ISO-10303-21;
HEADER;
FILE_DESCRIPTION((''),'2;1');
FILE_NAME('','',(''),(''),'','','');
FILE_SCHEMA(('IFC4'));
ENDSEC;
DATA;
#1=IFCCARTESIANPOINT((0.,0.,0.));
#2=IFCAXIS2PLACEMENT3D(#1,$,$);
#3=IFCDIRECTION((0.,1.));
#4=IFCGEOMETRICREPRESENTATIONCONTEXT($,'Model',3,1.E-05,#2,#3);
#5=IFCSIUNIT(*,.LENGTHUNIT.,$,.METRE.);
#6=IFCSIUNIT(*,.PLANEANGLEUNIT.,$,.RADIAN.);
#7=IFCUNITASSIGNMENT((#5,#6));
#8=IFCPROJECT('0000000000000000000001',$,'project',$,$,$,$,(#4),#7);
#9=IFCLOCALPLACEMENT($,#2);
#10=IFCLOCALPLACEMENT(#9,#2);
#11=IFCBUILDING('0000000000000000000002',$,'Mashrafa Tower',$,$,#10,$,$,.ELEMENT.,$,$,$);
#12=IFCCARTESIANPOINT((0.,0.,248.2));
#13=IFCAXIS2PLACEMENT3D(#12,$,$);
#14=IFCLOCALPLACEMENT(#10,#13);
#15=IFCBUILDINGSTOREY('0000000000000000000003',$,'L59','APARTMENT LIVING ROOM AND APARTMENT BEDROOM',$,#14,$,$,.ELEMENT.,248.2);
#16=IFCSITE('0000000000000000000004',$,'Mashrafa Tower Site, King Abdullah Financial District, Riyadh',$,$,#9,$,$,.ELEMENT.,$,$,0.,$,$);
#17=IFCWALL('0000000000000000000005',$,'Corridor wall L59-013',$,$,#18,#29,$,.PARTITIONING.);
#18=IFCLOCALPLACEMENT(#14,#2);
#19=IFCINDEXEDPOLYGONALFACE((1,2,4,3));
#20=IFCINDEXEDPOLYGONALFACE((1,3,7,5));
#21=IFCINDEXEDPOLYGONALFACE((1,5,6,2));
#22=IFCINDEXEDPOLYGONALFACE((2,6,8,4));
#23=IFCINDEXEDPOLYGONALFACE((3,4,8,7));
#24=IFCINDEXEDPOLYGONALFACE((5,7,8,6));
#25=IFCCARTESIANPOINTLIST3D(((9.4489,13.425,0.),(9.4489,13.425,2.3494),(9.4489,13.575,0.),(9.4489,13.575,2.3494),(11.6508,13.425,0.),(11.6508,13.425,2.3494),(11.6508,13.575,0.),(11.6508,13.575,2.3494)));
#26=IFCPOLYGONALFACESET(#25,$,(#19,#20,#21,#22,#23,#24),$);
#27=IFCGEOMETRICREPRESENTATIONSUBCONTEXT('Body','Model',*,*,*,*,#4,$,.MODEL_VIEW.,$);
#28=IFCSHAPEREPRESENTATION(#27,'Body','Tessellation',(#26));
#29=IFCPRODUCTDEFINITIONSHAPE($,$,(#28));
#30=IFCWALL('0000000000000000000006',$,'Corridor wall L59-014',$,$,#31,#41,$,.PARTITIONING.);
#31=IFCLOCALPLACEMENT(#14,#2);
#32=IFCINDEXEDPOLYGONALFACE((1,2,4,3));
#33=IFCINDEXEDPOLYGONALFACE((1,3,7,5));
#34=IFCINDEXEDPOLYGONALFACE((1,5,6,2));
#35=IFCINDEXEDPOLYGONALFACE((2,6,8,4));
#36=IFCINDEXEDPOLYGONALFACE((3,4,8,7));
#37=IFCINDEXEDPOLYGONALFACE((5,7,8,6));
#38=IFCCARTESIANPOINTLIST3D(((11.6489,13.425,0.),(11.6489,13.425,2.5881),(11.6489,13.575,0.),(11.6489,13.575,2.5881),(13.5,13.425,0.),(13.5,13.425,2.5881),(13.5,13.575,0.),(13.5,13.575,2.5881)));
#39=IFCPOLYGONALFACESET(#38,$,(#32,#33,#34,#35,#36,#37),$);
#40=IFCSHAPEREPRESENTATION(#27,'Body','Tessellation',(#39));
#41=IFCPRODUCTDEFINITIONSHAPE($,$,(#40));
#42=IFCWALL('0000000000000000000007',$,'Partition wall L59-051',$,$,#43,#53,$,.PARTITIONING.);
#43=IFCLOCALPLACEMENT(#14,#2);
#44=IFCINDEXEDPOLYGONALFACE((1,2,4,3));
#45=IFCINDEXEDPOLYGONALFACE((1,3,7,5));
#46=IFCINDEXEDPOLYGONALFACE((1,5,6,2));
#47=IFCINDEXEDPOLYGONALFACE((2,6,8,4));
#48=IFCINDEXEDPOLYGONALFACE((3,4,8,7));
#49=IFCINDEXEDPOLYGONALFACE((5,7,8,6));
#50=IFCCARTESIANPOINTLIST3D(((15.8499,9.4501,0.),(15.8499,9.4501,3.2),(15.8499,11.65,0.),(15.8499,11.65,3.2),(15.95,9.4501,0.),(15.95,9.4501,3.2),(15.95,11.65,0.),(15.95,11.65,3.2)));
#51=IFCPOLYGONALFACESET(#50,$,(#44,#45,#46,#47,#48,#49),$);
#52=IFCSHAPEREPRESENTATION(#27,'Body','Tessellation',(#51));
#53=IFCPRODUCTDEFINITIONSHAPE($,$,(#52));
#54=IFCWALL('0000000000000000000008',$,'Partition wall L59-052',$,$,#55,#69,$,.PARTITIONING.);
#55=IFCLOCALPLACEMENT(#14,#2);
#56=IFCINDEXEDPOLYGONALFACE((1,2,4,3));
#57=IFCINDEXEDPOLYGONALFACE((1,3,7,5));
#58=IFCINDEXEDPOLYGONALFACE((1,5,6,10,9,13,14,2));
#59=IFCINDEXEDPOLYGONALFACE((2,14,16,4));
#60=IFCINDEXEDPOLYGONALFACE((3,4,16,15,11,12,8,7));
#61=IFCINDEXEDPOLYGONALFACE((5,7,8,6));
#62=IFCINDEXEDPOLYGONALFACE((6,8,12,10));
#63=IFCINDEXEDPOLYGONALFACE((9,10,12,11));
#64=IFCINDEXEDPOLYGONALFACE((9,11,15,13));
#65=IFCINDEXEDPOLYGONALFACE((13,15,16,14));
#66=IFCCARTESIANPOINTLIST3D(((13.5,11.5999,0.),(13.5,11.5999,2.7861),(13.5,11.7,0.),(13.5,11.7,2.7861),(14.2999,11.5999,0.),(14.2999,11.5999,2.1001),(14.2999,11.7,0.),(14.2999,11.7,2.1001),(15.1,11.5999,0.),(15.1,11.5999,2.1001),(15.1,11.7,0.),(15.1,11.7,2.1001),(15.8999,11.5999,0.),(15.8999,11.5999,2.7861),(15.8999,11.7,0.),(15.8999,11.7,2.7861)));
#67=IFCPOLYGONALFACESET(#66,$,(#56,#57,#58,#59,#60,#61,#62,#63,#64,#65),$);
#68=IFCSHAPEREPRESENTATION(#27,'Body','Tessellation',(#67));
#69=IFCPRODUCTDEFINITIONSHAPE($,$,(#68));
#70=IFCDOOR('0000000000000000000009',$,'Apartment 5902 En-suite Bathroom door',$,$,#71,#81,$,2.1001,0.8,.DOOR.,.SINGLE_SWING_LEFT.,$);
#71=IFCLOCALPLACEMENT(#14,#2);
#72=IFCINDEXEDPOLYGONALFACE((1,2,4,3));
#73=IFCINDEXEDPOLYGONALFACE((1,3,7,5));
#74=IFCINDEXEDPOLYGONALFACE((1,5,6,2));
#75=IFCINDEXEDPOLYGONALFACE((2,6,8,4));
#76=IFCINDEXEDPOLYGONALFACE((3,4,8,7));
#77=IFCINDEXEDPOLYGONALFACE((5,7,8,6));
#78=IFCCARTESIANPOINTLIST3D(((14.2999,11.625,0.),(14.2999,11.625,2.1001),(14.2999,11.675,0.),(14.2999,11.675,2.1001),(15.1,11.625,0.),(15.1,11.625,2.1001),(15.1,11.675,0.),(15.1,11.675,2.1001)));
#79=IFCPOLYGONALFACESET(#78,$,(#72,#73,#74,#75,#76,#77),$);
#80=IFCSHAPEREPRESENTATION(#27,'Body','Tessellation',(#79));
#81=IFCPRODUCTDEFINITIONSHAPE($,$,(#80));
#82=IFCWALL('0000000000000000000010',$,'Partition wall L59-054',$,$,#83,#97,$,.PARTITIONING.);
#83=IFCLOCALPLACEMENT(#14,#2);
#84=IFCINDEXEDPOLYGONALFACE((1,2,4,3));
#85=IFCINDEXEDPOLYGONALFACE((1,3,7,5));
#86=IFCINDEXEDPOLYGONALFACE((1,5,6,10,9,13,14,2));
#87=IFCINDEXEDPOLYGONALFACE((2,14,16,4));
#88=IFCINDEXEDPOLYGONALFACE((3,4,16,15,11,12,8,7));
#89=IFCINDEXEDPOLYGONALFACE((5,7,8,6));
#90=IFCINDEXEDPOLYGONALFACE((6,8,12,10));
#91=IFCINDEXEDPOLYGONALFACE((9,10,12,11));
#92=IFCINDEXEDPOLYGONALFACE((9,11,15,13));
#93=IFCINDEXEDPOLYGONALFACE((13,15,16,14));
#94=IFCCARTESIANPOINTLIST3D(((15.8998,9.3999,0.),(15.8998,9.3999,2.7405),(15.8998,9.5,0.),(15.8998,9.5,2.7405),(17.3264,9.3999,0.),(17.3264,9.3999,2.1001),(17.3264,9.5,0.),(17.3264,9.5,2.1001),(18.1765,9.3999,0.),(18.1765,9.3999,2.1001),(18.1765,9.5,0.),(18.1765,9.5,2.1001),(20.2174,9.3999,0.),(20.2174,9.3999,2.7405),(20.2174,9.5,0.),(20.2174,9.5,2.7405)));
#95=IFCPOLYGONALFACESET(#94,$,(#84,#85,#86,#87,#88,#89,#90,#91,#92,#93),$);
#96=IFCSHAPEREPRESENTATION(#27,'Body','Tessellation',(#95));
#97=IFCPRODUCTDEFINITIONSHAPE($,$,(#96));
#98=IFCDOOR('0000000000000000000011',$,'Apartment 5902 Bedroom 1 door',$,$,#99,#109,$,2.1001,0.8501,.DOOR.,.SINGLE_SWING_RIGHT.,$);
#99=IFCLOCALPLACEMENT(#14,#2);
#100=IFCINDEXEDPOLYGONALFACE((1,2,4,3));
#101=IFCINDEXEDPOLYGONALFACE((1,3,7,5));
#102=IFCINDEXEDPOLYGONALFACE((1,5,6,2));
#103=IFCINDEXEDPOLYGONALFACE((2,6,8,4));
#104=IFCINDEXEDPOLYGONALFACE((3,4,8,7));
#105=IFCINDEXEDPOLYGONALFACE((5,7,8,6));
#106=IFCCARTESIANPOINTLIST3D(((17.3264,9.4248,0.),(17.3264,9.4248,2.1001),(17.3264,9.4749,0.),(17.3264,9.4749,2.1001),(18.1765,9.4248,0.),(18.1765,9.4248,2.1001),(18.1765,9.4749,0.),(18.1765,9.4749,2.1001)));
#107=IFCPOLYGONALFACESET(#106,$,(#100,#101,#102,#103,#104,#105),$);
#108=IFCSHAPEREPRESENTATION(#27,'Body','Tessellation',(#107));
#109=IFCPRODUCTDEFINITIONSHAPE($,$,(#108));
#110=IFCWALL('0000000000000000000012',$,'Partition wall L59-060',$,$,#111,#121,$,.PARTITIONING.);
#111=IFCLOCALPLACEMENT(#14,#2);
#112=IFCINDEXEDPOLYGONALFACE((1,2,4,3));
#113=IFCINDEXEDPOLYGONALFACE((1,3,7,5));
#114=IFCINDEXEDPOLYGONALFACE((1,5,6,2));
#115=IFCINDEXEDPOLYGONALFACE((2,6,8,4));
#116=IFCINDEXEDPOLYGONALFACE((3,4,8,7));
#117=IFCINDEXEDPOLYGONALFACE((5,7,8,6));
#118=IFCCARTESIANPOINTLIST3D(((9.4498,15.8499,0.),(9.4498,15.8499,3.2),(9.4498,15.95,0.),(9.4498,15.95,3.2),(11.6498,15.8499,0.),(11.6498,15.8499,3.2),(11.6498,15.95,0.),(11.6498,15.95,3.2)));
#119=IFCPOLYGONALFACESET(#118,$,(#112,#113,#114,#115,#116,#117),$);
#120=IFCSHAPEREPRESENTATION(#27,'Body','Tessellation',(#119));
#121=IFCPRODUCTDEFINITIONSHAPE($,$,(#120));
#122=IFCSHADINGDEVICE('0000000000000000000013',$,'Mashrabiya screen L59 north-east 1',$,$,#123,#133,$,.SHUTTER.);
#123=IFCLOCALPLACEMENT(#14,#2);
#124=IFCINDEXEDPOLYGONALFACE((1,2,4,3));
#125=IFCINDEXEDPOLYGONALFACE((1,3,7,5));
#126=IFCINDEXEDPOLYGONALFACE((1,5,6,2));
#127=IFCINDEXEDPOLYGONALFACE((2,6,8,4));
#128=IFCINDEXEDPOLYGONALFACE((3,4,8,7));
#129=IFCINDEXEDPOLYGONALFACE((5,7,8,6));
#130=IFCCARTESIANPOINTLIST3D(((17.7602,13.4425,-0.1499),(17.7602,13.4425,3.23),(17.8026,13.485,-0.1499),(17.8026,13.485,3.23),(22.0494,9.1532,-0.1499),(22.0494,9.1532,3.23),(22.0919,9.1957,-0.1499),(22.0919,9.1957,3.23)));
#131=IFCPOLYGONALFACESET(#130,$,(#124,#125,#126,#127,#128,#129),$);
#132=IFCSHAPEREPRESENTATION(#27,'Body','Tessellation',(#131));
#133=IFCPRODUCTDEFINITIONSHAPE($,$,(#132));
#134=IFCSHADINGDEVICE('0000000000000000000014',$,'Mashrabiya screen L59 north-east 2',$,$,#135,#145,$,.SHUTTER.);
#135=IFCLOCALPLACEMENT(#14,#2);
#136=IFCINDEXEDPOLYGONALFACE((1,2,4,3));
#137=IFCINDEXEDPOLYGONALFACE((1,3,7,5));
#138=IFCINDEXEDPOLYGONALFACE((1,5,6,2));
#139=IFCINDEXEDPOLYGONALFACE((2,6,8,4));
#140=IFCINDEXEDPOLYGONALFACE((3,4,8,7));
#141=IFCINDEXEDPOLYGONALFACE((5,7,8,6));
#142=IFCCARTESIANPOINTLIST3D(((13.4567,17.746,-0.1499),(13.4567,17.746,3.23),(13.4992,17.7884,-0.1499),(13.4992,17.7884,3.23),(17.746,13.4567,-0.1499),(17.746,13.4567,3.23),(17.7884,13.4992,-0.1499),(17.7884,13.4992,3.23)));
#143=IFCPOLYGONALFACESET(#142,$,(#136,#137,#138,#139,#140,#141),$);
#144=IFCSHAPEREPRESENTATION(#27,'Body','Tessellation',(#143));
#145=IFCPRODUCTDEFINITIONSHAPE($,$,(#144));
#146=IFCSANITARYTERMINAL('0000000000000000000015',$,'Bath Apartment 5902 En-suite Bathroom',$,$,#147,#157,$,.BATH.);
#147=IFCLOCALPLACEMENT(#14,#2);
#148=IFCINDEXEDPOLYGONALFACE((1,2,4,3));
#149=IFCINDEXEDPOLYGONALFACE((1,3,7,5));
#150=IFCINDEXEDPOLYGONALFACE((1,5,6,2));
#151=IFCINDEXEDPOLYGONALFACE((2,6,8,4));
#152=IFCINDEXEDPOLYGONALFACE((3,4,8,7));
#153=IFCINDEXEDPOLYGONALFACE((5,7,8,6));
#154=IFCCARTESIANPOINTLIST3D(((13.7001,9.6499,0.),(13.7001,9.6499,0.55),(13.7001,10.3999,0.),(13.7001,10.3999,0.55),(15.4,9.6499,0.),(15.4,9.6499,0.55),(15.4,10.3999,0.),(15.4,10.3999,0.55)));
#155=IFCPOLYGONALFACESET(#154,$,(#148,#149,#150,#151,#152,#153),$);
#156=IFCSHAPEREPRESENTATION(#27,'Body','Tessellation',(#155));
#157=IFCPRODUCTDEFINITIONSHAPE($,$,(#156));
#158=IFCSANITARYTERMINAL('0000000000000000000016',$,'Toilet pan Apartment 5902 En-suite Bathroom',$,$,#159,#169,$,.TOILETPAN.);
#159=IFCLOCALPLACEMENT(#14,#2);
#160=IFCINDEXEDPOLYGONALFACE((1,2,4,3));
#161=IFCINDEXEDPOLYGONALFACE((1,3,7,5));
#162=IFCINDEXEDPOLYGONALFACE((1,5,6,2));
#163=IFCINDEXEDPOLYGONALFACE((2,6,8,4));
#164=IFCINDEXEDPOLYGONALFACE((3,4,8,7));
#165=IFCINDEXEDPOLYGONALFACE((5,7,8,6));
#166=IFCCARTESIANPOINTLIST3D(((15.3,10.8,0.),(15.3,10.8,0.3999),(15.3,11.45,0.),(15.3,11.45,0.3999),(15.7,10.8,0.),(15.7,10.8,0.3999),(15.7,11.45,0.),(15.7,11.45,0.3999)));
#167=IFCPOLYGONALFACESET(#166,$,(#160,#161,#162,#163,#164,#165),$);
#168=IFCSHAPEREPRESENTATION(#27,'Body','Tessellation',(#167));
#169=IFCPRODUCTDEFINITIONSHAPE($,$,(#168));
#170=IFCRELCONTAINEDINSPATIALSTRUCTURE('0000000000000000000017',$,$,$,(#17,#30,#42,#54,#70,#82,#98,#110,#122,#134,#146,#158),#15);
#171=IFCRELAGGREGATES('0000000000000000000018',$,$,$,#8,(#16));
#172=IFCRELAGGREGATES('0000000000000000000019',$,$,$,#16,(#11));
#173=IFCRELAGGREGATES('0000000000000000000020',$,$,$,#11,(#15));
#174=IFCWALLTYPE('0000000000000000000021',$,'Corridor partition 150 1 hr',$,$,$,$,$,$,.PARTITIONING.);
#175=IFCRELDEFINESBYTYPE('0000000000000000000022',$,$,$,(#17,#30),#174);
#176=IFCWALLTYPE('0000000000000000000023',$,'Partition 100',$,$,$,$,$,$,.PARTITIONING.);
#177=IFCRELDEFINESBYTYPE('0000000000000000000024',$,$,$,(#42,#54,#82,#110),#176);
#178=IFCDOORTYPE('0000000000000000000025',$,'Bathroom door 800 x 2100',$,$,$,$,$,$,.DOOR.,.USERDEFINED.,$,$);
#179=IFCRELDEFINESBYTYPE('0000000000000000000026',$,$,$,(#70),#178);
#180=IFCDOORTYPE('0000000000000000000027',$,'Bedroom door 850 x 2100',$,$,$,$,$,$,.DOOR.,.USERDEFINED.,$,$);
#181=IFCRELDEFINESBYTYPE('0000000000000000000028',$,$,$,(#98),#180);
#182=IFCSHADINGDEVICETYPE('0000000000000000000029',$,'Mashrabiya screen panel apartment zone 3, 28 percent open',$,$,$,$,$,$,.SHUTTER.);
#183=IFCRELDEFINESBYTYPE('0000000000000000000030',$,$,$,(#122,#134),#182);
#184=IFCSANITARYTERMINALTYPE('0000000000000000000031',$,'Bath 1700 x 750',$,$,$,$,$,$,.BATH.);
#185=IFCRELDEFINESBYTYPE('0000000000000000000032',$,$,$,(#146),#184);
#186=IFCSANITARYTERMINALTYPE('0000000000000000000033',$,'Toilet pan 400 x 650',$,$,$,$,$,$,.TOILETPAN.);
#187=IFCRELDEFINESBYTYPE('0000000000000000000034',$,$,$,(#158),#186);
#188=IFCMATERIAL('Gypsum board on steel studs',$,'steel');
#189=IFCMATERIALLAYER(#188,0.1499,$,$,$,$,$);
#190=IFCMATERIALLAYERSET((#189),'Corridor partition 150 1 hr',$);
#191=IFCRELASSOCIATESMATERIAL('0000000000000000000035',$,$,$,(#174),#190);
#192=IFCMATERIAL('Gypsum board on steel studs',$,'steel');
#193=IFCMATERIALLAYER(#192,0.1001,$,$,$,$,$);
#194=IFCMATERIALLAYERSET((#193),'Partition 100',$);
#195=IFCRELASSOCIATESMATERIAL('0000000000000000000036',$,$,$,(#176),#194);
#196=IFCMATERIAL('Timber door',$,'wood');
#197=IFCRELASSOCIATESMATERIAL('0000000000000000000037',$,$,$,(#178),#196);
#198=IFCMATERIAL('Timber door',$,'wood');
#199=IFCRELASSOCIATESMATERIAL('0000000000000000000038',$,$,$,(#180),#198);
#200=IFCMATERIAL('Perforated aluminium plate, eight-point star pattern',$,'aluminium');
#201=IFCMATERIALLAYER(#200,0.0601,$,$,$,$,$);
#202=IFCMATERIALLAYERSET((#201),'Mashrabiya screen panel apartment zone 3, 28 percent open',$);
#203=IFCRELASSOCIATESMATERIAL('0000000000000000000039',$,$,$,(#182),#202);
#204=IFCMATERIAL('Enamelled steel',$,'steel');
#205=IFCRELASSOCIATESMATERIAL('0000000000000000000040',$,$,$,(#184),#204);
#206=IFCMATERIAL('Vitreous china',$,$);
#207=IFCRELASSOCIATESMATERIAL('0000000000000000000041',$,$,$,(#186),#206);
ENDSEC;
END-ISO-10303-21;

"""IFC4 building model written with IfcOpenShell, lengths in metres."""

from ifc_helpers import new_model, si_unit, direction, frame, frame_2d, origin, origin_2d, place, context, subcontext, project, spatial, rectangle, extrude, source, transform, mapped, material, layer, layer_set, type_object, type_shapes, element, fill, save


model = new_model("IFC4")

# Units and contexts
model_context = context("Model", 3, precision=1e-05, world=origin(), true_north=direction((0.0, 1.0)))
body_context = subcontext(model_context, "Body", "Model", "MODEL_VIEW")
ifc_project = project(units=[si_unit("LENGTHUNIT", "METRE"), si_unit("PLANEANGLEUNIT", "RADIAN")], contexts=[model_context])

# Site, building, storey
site_placement = place(None, origin())
site = spatial("IfcSite", under=ifc_project, at=site_placement, Name="Mashrafa Tower Site, King Abdullah Financial District, Riyadh", CompositionType="ELEMENT", RefElevation=0.0)
building_placement = place(site_placement, origin())
building = spatial("IfcBuilding", under=site, at=building_placement, Name="Mashrafa Tower", CompositionType="ELEMENT")
storey_placement = place(building_placement, frame((0.0, 0.0, 248.2)))
storey = spatial("IfcBuildingStorey", under=building, at=storey_placement, Name="L59", Description="APARTMENT LIVING ROOM AND APARTMENT BEDROOM", CompositionType="ELEMENT", Elevation=248.2)

# Walls
ifc_material_1 = material(Name="Gypsum board on steel studs", Category="steel")
ifc_layer_1 = layer(ifc_material_1, 0.1499)
ifc_layer_set_1 = layer_set([ifc_layer_1], Name="Corridor partition 150 1 hr")
wall_type_1 = type_object("IfcWallType", Name="Corridor partition 150 1 hr", PredefinedType="PARTITIONING", material=ifc_layer_set_1)
wall_1_placement = place(storey_placement, frame((11.6509, 13.5, 0.0), z_axis=(0.0, 0.0, 1.0), x_axis=(-1.0, 0.0, 0.0)))
element("IfcWall", 1, at=wall_1_placement, inside=storey, type_object=wall_type_1, Name="Corridor wall L59-013", PredefinedType="PARTITIONING", context=body_context, shape_type="SweptSolid", body=[
    extrude(rectangle(XDim=2.2019, YDim=0.1499, at=frame_2d((1.1011, 0.0))), origin(), (0.0, 0.0, 1.0), 2.3494),
])
wall_2_placement = place(storey_placement, frame((13.5, 13.5, 0.0), z_axis=(0.0, 0.0, 1.0), x_axis=(-1.0, 0.0, 0.0)))
element("IfcWall", 2, at=wall_2_placement, inside=storey, type_object=wall_type_1, Name="Corridor wall L59-014", PredefinedType="PARTITIONING", context=body_context, shape_type="SweptSolid", body=[
    extrude(rectangle(XDim=1.8511, YDim=0.1499, at=frame_2d((0.9255, 0.0))), origin(), (0.0, 0.0, 1.0), 2.5881),
])
ifc_material_2 = material(Name="Gypsum board on steel studs", Category="steel")
ifc_layer_2 = layer(ifc_material_2, 0.1001)
ifc_layer_set_2 = layer_set([ifc_layer_2], Name="Partition 100")
wall_type_2 = type_object("IfcWallType", Name="Partition 100", PredefinedType="PARTITIONING", material=ifc_layer_set_2)
wall_3_placement = place(storey_placement, frame((15.8999, 9.45, 0.0), z_axis=(0.0, 0.0, 1.0), x_axis=(0.0, 1.0, 0.0)))
element("IfcWall", 3, at=wall_3_placement, inside=storey, type_object=wall_type_2, Name="Partition wall L59-051", PredefinedType="PARTITIONING", context=body_context, shape_type="SweptSolid", body=[
    extrude(rectangle(XDim=2.2, YDim=0.1001, at=frame_2d((1.1001, 0.0))), origin(), (0.0, 0.0, 1.0), 3.2),
])

# Walls, openings, doors
wall_4_placement = place(storey_placement, frame((15.8999, 11.6499, 0.0), z_axis=(0.0, 0.0, 1.0), x_axis=(-1.0, 0.0, 0.0)))
wall_4 = element("IfcWall", 4, at=wall_4_placement, inside=storey, type_object=wall_type_2, Name="Partition wall L59-052", PredefinedType="PARTITIONING", context=body_context, shape_type="SweptSolid", body=[
    extrude(rectangle(XDim=2.3999, YDim=0.1001, at=frame_2d((1.2, 0.0))), origin(), (0.0, 0.0, 1.0), 2.7861),
])
opening_1_placement = place(wall_4_placement, frame((0.8, 0.0, 0.0)))
opening_1 = element("IfcOpeningElement", 5, at=opening_1_placement, cuts=wall_4, PredefinedType="OPENING", context=body_context, shape_type="SweptSolid", body=[
    extrude(rectangle(XDim=0.8, YDim=2.1001, at=frame_2d((0.3999, 1.05))), frame((0.0, 0.0601, 0.0), z_axis=(0.0, -1.0, 0.0), x_axis=(1.0, 0.0, 0.0)), (0.0, 0.0, 1.0), 0.1201),
])
ifc_material_3 = material(Name="Timber door", Category="wood")
door_type_1 = type_object("IfcDoorType", Name="Bathroom door 800 x 2100", OperationType="USERDEFINED", PredefinedType="DOOR", material=ifc_material_3)
door_1_placement = place(opening_1_placement, origin())
door_1 = element("IfcDoor", 6, at=door_1_placement, inside=storey, type_object=door_type_1, Name="Apartment 5902 En-suite Bathroom door", OperationType="SINGLE_SWING_LEFT", OverallHeight=2.1001, OverallWidth=0.8, PredefinedType="DOOR", context=body_context, shape_type="SweptSolid", body=[
    extrude(rectangle(XDim=0.8, YDim=2.1001, at=frame_2d((0.3999, 1.05))), frame((0.0, 0.0249, 0.0), z_axis=(0.0, -1.0, 0.0), x_axis=(1.0, 0.0, 0.0)), (0.0, 0.0, 1.0), 0.05),
])
fill(opening_1, door_1)
wall_5_placement = place(storey_placement, frame((15.8999, 9.45, 0.0), z_axis=(0.0, 0.0, 1.0), x_axis=(1.0, 0.0, 0.0)))
wall_5 = element("IfcWall", 7, at=wall_5_placement, inside=storey, type_object=wall_type_2, Name="Partition wall L59-054", PredefinedType="PARTITIONING", context=body_context, shape_type="SweptSolid", body=[
    extrude(rectangle(XDim=4.3176, YDim=0.1001, at=frame_2d((2.1587, 0.0))), origin(), (0.0, 0.0, 1.0), 2.7405),
])
opening_2_placement = place(wall_5_placement, frame((1.4265, 0.0, 0.0)))
opening_2 = element("IfcOpeningElement", 8, at=opening_2_placement, cuts=wall_5, PredefinedType="OPENING", context=body_context, shape_type="SweptSolid", body=[
    extrude(rectangle(XDim=0.8501, YDim=2.1001, at=frame_2d((0.425, 1.05))), frame((0.0, 0.0601, 0.0), z_axis=(0.0, -1.0, 0.0), x_axis=(1.0, 0.0, 0.0)), (0.0, 0.0, 1.0), 0.1201),
])
ifc_material_4 = material(Name="Timber door", Category="wood")
door_type_2 = type_object("IfcDoorType", Name="Bedroom door 850 x 2100", OperationType="USERDEFINED", PredefinedType="DOOR", material=ifc_material_4)
door_2_placement = place(opening_2_placement, origin())
door_2 = element("IfcDoor", 9, at=door_2_placement, inside=storey, type_object=door_type_2, Name="Apartment 5902 Bedroom 1 door", OperationType="SINGLE_SWING_RIGHT", OverallHeight=2.1001, OverallWidth=0.8501, PredefinedType="DOOR", context=body_context, shape_type="SweptSolid", body=[
    extrude(rectangle(XDim=0.8501, YDim=2.1001, at=frame_2d((0.425, 1.05))), frame((0.0, 0.0249, 0.0), z_axis=(0.0, -1.0, 0.0), x_axis=(1.0, 0.0, 0.0)), (0.0, 0.0, 1.0), 0.05),
])
fill(opening_2, door_2)

# Wall
wall_6_placement = place(storey_placement, frame((11.6499, 15.8999, 0.0), z_axis=(0.0, 0.0, 1.0), x_axis=(-1.0, 0.0, 0.0)))
element("IfcWall", 10, at=wall_6_placement, inside=storey, type_object=wall_type_2, Name="Partition wall L59-060", PredefinedType="PARTITIONING", context=body_context, shape_type="SweptSolid", body=[
    extrude(rectangle(XDim=2.2, YDim=0.1001, at=frame_2d((1.1001, 0.0))), origin(), (0.0, 0.0, 1.0), 3.2),
])

# Shading devices
ifc_material_5 = material(Name="Perforated aluminium plate, eight-point star pattern", Category="aluminium")
ifc_layer_3 = layer(ifc_material_5, 0.0601)
ifc_layer_set_3 = layer_set([ifc_layer_3], Name="Mashrabiya screen panel apartment zone 3, 28 percent open")
shading_device_type = type_object("IfcShadingDeviceType", Name="Mashrabiya screen panel apartment zone 3, 28 percent open", PredefinedType="SHUTTER", material=ifc_layer_set_3)
shared_shape_1 = source(origin(), body_context, "Body", "SweptSolid", [
    extrude(rectangle(XDim=6.0659, YDim=0.0601, at=origin_2d()), origin(), (0.0, 0.0, 1.0), 3.3799),
])
type_shapes(shading_device_type, [shared_shape_1])
for number, where, z_axis, x_axis, name in (
    (11, (19.926, 11.3191, -0.1499), (0.0, 0.0, 1.0), (-0.707107, 0.707107, 0.0), "Mashrabiya screen L59 north-east 1"),
    (12, (15.6226, 15.6226, -0.1499), (0.0, 0.0, 1.0), (-0.707107, 0.707107, 0.0), "Mashrabiya screen L59 north-east 2"),
):
    element("IfcShadingDevice", number, at=place(storey_placement, frame(where, z_axis=z_axis, x_axis=x_axis)), inside=storey, type_object=shading_device_type, Name=name, PredefinedType="SHUTTER", context=body_context, shape_type="MappedRepresentation", body=[
        mapped(shared_shape_1, transform((0.0, 0.0, 0.0))),
    ])

# Sanitary terminals
ifc_material_6 = material(Name="Enamelled steel", Category="steel")
sanitary_terminal_type_1 = type_object("IfcSanitaryTerminalType", Name="Bath 1700 x 750", PredefinedType="BATH", material=ifc_material_6)
sanitary_terminal_1_placement = place(storey_placement, frame((14.55, 10.0249, 0.0), z_axis=(0.0, 0.0, 1.0), x_axis=(1.0, 0.0, 0.0)))
element("IfcSanitaryTerminal", 13, at=sanitary_terminal_1_placement, inside=storey, type_object=sanitary_terminal_type_1, Name="Bath Apartment 5902 En-suite Bathroom", PredefinedType="BATH", context=body_context, shape_type="SweptSolid", body=[
    extrude(rectangle(XDim=1.7, YDim=0.75, at=origin_2d()), origin(), (0.0, 0.0, 1.0), 0.55),
])
ifc_material_7 = material(Name="Vitreous china")
sanitary_terminal_type_2 = type_object("IfcSanitaryTerminalType", Name="Toilet pan 400 x 650", PredefinedType="TOILETPAN", material=ifc_material_7)
sanitary_terminal_2_placement = place(storey_placement, frame((15.5, 11.125, 0.0), z_axis=(0.0, 0.0, 1.0), x_axis=(-1.0, 0.0, 0.0)))
element("IfcSanitaryTerminal", 14, at=sanitary_terminal_2_placement, inside=storey, type_object=sanitary_terminal_type_2, Name="Toilet pan Apartment 5902 En-suite Bathroom", PredefinedType="TOILETPAN", context=body_context, shape_type="SweptSolid", body=[
    extrude(rectangle(XDim=0.3999, YDim=0.6499, at=origin_2d()), origin(), (0.0, 0.0, 1.0), 0.3999),
])

save(model, "model.ifc")
